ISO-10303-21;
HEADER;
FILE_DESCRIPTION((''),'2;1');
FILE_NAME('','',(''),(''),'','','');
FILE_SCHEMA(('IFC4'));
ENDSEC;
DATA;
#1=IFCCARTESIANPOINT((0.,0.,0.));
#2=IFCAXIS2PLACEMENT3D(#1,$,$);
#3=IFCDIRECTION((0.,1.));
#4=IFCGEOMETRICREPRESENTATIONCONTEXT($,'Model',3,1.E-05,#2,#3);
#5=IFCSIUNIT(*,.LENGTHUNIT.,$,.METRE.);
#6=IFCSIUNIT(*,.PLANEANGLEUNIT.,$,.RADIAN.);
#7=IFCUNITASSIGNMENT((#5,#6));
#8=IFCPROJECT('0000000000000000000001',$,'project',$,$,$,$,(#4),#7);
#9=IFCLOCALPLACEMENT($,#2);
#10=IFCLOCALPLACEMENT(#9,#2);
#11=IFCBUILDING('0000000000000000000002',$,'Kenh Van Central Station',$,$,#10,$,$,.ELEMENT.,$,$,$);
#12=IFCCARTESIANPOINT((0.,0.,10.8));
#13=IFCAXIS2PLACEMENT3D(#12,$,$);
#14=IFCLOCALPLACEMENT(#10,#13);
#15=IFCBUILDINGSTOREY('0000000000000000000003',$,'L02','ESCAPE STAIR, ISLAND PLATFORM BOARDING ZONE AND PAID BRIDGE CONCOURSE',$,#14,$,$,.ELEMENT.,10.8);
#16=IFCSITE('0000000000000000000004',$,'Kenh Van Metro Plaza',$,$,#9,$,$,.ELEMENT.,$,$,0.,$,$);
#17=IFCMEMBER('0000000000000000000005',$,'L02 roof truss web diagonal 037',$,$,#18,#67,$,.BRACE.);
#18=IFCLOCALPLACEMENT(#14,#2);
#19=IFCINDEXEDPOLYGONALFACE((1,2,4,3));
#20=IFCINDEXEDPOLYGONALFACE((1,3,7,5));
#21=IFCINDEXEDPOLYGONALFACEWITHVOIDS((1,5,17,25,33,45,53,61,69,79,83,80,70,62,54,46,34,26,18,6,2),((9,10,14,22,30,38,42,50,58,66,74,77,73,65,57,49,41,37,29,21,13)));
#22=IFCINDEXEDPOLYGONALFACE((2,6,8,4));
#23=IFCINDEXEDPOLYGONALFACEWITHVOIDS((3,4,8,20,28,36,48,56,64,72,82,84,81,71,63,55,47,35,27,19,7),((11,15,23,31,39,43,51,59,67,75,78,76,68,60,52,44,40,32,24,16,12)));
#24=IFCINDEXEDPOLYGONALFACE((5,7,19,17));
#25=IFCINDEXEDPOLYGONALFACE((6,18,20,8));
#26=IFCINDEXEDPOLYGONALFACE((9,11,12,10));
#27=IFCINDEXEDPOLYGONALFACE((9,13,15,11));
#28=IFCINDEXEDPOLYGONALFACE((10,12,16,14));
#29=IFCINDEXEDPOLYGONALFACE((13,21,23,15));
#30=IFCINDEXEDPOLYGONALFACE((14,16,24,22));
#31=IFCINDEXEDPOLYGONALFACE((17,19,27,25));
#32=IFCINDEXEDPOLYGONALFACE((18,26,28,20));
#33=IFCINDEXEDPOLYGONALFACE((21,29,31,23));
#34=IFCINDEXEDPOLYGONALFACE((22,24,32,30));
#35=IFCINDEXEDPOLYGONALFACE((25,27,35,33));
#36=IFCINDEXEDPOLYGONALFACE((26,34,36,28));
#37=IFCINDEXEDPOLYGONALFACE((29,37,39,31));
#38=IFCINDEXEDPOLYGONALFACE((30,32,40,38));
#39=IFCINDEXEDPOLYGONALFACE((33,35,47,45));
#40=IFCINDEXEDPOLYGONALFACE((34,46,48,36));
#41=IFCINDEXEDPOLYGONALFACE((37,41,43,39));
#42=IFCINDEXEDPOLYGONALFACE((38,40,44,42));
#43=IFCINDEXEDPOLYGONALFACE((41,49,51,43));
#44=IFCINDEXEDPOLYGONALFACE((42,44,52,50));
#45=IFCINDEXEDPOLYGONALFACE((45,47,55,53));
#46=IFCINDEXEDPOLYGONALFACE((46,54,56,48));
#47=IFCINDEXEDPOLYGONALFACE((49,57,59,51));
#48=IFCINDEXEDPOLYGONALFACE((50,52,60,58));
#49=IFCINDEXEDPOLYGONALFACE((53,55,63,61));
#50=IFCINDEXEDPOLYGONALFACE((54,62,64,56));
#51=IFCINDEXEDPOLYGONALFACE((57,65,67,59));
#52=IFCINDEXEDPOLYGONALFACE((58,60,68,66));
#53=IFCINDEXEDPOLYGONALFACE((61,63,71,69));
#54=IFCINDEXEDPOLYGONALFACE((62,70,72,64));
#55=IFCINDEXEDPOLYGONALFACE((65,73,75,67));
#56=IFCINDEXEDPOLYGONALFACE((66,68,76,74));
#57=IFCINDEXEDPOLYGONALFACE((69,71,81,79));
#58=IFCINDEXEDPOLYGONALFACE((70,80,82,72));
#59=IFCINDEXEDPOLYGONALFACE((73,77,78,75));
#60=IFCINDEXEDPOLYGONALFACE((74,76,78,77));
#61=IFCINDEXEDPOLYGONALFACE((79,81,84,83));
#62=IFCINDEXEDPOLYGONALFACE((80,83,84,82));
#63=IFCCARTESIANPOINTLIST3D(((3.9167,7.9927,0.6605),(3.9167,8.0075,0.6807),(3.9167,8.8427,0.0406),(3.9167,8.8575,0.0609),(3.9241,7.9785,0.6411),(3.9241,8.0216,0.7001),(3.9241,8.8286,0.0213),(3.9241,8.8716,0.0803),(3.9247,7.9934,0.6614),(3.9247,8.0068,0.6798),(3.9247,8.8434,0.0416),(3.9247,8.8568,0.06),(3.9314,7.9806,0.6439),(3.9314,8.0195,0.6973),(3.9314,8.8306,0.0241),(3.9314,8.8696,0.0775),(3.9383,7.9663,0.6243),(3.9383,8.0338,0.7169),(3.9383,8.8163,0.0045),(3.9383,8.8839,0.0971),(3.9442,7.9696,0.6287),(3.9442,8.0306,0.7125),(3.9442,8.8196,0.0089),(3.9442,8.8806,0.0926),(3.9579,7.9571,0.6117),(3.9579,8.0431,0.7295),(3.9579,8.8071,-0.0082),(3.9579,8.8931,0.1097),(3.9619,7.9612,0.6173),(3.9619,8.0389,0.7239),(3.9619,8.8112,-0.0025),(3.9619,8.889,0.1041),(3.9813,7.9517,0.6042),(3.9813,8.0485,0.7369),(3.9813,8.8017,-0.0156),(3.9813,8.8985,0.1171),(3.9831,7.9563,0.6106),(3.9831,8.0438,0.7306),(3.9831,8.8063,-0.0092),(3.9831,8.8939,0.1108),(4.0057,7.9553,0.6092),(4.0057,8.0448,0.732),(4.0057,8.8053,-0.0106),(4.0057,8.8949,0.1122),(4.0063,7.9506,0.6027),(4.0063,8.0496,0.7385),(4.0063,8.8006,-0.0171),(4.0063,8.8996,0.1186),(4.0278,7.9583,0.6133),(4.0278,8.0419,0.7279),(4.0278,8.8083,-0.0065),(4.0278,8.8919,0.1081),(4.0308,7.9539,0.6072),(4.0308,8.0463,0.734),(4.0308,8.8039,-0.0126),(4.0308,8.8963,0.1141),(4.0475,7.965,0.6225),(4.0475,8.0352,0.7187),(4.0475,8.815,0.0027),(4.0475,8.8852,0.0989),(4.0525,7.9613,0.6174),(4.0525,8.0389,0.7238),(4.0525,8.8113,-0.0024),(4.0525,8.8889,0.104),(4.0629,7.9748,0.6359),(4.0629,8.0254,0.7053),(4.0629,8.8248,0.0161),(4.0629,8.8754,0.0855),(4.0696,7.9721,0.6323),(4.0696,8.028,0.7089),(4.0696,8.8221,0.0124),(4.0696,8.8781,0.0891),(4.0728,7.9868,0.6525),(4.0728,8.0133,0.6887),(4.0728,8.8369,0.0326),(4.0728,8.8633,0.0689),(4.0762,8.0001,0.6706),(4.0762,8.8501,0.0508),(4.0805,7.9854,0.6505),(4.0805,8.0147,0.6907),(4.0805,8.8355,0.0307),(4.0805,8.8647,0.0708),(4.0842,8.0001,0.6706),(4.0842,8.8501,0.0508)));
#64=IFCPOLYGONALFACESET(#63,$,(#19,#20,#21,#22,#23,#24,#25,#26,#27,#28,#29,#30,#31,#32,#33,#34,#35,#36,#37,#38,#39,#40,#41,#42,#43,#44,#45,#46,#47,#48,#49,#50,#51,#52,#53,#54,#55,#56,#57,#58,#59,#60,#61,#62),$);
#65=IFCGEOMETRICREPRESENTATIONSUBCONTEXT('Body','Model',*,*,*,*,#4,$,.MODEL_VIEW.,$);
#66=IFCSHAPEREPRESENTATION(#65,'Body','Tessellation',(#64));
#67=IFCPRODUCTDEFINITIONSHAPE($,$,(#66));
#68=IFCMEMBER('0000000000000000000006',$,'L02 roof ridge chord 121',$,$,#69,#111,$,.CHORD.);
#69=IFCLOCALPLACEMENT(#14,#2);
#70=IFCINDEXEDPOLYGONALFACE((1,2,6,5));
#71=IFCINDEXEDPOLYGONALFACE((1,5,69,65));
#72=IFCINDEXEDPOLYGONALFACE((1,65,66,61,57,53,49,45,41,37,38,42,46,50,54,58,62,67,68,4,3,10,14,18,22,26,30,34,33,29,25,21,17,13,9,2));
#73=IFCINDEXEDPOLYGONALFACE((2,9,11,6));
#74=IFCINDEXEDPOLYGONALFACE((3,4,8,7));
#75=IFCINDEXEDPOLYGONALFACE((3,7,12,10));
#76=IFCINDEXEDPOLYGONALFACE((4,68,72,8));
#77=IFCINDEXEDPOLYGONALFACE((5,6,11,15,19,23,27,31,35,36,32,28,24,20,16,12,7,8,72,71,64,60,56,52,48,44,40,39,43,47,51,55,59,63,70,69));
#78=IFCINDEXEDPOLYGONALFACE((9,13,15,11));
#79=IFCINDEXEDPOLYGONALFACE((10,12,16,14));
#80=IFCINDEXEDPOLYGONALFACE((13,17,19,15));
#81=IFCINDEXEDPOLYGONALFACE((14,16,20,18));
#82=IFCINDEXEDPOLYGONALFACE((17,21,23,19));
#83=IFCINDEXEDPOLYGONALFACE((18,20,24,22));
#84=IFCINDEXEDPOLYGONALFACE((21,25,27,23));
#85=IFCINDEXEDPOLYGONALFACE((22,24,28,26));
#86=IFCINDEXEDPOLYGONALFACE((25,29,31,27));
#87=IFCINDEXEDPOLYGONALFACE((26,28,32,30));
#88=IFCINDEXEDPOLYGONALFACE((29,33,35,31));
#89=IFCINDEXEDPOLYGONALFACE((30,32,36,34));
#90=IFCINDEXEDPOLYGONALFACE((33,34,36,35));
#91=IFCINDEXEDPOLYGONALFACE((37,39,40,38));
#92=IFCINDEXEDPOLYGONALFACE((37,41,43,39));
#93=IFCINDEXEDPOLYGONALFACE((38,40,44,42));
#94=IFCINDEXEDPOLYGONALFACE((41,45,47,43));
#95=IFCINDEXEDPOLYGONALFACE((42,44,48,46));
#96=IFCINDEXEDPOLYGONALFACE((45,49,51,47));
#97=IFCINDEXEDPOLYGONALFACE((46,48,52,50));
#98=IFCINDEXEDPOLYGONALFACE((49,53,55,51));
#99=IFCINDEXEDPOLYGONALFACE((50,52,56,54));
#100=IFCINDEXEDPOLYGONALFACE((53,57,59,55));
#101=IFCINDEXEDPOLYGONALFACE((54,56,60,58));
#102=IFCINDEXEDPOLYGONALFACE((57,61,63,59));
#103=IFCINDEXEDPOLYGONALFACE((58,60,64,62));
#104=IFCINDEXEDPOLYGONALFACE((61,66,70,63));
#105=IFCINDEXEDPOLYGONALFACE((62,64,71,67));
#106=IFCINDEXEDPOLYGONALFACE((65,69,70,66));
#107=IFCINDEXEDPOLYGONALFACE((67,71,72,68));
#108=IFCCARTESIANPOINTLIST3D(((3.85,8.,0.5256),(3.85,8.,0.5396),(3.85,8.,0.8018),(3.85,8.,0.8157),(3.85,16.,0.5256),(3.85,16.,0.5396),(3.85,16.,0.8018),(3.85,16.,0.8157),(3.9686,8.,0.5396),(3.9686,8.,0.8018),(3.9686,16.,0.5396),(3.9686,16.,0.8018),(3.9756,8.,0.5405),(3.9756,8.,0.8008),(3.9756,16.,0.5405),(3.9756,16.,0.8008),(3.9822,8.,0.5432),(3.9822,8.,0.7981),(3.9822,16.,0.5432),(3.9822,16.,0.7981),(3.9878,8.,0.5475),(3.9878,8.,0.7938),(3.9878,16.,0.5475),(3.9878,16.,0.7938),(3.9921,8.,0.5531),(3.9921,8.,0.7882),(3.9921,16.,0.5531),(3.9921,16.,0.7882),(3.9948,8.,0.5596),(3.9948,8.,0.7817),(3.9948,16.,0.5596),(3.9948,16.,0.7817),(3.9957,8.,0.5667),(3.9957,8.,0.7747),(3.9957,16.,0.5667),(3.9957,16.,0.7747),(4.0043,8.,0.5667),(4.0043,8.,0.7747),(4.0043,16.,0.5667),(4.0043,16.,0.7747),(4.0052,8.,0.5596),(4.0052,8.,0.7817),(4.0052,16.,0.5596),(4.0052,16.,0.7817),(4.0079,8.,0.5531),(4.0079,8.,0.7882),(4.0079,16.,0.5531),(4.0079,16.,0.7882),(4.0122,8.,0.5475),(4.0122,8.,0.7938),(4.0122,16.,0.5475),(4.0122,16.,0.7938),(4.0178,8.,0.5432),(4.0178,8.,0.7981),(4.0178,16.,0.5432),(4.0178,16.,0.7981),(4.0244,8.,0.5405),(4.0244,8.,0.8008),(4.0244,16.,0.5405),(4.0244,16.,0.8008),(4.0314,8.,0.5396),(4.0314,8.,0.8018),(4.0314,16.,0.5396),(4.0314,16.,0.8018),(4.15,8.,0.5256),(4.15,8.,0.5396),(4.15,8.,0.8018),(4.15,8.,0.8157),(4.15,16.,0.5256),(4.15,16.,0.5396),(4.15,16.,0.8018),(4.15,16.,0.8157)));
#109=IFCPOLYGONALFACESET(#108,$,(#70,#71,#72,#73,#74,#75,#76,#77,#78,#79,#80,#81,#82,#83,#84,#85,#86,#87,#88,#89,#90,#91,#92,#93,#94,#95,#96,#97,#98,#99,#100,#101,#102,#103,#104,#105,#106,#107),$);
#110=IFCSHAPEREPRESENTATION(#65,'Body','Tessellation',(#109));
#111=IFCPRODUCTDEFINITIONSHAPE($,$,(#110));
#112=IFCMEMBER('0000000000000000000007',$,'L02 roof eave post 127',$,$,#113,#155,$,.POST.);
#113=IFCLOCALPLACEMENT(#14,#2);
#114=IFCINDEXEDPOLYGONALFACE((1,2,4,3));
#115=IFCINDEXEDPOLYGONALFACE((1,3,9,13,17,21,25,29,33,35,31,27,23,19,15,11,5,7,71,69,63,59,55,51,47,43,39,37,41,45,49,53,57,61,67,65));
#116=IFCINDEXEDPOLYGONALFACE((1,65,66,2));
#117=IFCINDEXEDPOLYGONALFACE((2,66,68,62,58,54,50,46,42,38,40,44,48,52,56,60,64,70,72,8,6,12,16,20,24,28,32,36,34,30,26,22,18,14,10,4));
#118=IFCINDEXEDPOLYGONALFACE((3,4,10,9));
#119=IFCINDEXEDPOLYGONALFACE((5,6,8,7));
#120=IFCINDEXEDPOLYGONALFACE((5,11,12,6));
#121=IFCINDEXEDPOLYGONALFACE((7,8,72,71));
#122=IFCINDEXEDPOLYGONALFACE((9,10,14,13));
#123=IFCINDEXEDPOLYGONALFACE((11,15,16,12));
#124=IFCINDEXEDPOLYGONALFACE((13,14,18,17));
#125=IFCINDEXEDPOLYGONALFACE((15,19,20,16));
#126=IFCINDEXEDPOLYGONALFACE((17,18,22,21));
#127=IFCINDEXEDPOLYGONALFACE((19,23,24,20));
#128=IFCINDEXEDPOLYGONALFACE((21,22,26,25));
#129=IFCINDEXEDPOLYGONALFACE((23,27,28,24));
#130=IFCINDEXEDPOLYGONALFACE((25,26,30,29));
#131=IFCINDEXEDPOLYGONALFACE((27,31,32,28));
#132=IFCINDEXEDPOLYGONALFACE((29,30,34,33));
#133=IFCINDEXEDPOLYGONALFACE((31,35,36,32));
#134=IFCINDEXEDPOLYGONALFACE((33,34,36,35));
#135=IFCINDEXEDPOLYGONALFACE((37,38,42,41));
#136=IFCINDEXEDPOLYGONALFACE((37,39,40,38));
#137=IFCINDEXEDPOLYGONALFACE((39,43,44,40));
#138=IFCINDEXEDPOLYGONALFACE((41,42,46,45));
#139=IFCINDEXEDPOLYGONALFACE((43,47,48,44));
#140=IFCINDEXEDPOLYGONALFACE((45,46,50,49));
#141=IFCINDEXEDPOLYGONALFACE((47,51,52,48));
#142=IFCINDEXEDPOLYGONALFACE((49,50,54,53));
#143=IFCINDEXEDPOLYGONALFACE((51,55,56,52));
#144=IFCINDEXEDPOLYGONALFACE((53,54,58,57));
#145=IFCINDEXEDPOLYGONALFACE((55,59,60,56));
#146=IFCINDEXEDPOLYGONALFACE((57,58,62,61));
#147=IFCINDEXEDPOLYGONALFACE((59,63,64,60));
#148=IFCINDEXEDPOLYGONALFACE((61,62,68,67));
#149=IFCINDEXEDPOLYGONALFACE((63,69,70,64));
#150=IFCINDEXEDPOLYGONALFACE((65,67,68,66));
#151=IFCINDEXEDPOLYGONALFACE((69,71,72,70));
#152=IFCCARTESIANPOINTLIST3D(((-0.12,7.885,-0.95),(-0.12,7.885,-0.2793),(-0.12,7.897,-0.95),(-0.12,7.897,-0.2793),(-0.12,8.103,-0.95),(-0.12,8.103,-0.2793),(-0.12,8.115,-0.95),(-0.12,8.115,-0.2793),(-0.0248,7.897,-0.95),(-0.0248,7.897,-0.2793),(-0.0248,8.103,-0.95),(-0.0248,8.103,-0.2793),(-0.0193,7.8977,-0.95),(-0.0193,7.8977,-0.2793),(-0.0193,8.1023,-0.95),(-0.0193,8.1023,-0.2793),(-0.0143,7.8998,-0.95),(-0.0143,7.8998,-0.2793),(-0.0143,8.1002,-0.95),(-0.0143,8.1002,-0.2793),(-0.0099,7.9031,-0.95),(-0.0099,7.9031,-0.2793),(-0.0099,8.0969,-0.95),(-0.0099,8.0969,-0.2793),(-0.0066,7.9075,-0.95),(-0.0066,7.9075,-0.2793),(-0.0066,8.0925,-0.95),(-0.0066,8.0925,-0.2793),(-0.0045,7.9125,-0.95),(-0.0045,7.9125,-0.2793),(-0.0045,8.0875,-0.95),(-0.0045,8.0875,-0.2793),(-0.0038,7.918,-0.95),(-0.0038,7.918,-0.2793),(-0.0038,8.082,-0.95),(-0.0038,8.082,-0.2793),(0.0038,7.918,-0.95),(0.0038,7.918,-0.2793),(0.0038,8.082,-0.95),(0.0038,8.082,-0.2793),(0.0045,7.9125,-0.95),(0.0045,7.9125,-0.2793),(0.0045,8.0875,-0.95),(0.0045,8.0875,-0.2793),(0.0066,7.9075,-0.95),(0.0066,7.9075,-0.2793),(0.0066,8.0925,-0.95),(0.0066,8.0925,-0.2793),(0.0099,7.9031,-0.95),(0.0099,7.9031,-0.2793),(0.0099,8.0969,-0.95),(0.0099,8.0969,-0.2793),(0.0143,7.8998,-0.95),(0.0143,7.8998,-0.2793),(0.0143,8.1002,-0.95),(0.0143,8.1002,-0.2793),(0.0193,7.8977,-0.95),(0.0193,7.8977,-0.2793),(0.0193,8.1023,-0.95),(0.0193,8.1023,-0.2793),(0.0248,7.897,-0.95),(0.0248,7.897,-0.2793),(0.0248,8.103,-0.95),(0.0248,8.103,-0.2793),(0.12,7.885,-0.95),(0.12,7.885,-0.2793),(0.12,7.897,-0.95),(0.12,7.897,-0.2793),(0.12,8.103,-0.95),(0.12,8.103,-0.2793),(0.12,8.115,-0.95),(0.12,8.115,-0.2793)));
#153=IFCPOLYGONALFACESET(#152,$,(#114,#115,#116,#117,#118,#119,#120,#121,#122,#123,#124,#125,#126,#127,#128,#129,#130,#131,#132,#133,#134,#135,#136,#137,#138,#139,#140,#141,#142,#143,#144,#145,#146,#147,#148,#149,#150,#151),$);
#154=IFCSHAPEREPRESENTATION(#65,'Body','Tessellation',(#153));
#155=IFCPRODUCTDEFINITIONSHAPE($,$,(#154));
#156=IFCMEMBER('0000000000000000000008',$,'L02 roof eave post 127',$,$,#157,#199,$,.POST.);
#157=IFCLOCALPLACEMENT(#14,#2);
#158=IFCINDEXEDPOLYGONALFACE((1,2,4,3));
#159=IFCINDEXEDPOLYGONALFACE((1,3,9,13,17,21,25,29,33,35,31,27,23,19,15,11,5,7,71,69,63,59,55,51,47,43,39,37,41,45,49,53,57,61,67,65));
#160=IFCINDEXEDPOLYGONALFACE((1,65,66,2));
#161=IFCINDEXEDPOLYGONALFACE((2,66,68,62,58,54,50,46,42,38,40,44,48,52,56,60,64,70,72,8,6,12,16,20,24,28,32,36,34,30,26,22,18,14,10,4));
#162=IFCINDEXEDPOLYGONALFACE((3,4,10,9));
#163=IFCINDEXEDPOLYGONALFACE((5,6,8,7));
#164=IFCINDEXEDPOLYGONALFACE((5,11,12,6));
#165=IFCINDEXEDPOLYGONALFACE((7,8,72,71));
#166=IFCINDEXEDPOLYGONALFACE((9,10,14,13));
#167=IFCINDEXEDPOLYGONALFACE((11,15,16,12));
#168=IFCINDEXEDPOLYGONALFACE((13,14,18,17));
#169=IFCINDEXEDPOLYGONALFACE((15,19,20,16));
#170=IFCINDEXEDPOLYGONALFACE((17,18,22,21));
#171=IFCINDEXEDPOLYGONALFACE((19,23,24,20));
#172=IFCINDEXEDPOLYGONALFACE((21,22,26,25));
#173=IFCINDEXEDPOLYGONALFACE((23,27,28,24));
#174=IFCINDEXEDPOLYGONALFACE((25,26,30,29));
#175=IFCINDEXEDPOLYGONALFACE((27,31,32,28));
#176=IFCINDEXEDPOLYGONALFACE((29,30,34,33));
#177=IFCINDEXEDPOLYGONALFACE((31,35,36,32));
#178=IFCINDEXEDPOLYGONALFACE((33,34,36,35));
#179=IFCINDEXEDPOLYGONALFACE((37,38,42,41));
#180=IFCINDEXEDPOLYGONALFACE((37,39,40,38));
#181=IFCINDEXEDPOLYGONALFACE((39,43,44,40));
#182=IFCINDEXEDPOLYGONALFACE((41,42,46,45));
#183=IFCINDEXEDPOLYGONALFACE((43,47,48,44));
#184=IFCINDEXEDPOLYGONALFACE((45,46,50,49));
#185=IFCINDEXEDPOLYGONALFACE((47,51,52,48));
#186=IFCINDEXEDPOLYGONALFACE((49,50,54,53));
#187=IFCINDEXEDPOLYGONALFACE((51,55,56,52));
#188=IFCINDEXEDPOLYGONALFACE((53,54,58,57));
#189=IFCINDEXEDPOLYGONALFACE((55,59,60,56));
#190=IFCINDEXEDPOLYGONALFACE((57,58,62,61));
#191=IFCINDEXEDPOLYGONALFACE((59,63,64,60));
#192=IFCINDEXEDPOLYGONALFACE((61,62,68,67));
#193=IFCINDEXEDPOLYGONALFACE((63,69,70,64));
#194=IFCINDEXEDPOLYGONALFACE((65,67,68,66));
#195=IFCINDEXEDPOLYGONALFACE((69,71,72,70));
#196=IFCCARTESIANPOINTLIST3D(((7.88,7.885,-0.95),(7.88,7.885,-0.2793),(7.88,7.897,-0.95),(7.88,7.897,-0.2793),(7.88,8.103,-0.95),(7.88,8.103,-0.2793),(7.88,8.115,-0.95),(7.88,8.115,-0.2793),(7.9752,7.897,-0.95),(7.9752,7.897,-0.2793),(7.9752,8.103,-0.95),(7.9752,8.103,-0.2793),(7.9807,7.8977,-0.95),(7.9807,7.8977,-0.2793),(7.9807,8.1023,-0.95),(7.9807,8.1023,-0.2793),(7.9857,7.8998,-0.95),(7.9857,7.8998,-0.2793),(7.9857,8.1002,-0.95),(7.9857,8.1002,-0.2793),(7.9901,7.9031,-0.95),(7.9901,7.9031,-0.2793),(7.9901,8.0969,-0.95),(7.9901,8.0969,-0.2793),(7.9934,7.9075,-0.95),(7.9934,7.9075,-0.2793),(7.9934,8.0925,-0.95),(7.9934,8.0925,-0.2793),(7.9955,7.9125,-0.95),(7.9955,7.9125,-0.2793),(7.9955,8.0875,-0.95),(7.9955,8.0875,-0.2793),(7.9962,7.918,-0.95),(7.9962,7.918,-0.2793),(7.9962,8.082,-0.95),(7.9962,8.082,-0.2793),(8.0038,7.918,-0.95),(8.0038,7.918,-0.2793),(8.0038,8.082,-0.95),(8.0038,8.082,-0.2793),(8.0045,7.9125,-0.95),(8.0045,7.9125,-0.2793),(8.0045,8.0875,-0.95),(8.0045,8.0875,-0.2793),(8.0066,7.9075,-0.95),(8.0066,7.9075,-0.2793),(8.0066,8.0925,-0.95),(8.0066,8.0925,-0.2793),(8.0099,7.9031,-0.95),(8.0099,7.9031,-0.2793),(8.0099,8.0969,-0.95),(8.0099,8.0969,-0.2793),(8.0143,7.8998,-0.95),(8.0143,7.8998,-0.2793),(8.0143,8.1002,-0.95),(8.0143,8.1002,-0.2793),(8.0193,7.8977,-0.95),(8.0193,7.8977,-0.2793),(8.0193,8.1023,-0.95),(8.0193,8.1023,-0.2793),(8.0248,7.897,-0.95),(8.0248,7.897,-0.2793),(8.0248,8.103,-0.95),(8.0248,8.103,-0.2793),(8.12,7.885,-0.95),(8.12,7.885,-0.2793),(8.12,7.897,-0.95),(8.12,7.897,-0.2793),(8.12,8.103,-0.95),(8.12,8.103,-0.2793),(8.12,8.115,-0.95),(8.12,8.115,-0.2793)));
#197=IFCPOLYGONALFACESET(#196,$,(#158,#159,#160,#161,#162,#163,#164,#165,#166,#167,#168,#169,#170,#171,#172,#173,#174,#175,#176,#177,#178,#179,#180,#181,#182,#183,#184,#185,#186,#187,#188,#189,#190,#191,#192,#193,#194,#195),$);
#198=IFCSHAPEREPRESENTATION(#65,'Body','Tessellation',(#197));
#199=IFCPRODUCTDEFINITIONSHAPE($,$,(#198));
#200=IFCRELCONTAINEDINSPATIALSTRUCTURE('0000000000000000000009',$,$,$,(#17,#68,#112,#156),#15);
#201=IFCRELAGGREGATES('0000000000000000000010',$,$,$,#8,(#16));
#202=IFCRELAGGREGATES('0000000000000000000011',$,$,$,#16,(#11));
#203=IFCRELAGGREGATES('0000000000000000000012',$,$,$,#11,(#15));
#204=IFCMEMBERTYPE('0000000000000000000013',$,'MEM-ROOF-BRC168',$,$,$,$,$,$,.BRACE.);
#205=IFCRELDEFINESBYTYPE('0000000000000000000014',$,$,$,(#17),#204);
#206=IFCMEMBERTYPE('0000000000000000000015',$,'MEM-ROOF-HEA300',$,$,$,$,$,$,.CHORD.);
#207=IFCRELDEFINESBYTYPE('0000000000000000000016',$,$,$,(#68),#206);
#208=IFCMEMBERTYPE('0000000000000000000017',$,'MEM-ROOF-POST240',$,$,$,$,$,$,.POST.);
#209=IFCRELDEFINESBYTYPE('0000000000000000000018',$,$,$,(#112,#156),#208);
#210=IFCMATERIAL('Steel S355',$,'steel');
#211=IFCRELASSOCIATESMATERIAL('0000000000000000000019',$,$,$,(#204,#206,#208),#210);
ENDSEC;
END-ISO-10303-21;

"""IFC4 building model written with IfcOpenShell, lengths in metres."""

from ifc_helpers import new_model, si_unit, direction, frame, origin, origin_2d, place, context, subcontext, project, spatial, hollow_circle, i_section, extrude, material, material_profile, profile_set, type_object, element, save


model = new_model("IFC4")

# Units and contexts
model_context = context("Model", 3, precision=1e-05, world=origin(), true_north=direction((0.0, 1.0)))
body_context = subcontext(model_context, "Body", "Model", "MODEL_VIEW")
ifc_project = project(units=[si_unit("LENGTHUNIT", "METRE"), si_unit("PLANEANGLEUNIT", "RADIAN")], contexts=[model_context])

# Site, building, storey
site_placement = place(None, origin())
site = spatial("IfcSite", under=ifc_project, at=site_placement, Name="Kenh Van Metro Plaza", CompositionType="ELEMENT", RefElevation=0.0)
building_placement = place(site_placement, origin())
building = spatial("IfcBuilding", under=site, at=building_placement, Name="Kenh Van Central Station", CompositionType="ELEMENT")
storey_placement = place(building_placement, frame((0.0, 0.0, 10.8)))
storey = spatial("IfcBuildingStorey", under=building, at=storey_placement, Name="L02", Description="ESCAPE STAIR, ISLAND PLATFORM BOARDING ZONE AND PAID BRIDGE CONCOURSE", CompositionType="ELEMENT", Elevation=10.8)

# Shared definitions
ifc_material_1 = material(Name="Steel S355", Category="steel")

# Members
ifc_material_profile_1 = material_profile(ifc_material_1, hollow_circle(Radius=0.0842, WallThickness=0.0081, at=origin_2d()), Name="CHS 168.3x8")
ifc_profile_set_1 = profile_set([ifc_material_profile_1], Name="Steel S355")
member_type_1 = type_object("IfcMemberType", Name="MEM-ROOF-BRC168", PredefinedType="BRACE", material=ifc_profile_set_1)
member_1_placement = place(storey_placement, frame((4.0, 8.8501, 0.0508), z_axis=(0.0, -0.808003, 0.589178), x_axis=(1.0, 0.0, 0.0)))
element("IfcMember", 1, at=member_1_placement, inside=storey, type_object=member_type_1, Name="L02 roof truss web diagonal 037", PredefinedType="BRACE", context=body_context, shape_type="SweptSolid", body=[
    extrude(hollow_circle(Radius=0.0842, WallThickness=0.0081, at=origin_2d()), origin(), (0.0, 0.0, 1.0), 1.052),
])
ifc_material_profile_2 = material_profile(ifc_material_1, i_section(OverallWidth=0.3, OverallDepth=0.29, WebThickness=0.0085, FlangeThickness=0.0139, FilletRadius=0.0271, at=origin_2d()), Name="HEA 300")
ifc_profile_set_2 = profile_set([ifc_material_profile_2], Name="Steel S355")
member_type_2 = type_object("IfcMemberType", Name="MEM-ROOF-HEA300", PredefinedType="CHORD", material=ifc_profile_set_2)
member_2_placement = place(storey_placement, frame((4.0, 8.0, 0.6707), z_axis=(0.0, 1.0, 0.0), x_axis=(-1.0, 0.0, 0.0)))
element("IfcMember", 2, at=member_2_placement, inside=storey, type_object=member_type_2, Name="L02 roof ridge chord 121", PredefinedType="CHORD", context=body_context, shape_type="SweptSolid", body=[
    extrude(i_section(OverallWidth=0.3, OverallDepth=0.29, WebThickness=0.0085, FlangeThickness=0.0139, FilletRadius=0.0271, at=origin_2d()), origin(), (0.0, 0.0, 1.0), 8.0),
])
ifc_material_profile_3 = material_profile(ifc_material_1, i_section(OverallWidth=0.24, OverallDepth=0.23, WebThickness=0.0076, FlangeThickness=0.012, FilletRadius=0.021, at=origin_2d()), Name="HEA 240")
ifc_profile_set_3 = profile_set([ifc_material_profile_3], Name="Steel S355")
member_type_3 = type_object("IfcMemberType", Name="MEM-ROOF-POST240", PredefinedType="POST", material=ifc_profile_set_3)
for number, where, z_axis, x_axis, name in (
    (3, (0.0, 8.0, -0.95), (0.0, 0.0, 1.0), (1.0, 0.0, 0.0), "L02 roof eave post 127"),
    (4, (8.0, 8.0, -0.95), (0.0, 0.0, 1.0), (1.0, 0.0, 0.0), "L02 roof eave post 127"),
):
    element("IfcMember", number, at=place(storey_placement, frame(where, z_axis=z_axis, x_axis=x_axis)), inside=storey, type_object=member_type_3, Name=name, PredefinedType="POST", context=body_context, shape_type="SweptSolid", body=[
        extrude(i_section(OverallWidth=0.24, OverallDepth=0.23, WebThickness=0.0076, FlangeThickness=0.012, FilletRadius=0.021, at=origin_2d()), origin(), (0.0, 0.0, 1.0), 0.6707),
    ])

save(model, "model.ifc")
